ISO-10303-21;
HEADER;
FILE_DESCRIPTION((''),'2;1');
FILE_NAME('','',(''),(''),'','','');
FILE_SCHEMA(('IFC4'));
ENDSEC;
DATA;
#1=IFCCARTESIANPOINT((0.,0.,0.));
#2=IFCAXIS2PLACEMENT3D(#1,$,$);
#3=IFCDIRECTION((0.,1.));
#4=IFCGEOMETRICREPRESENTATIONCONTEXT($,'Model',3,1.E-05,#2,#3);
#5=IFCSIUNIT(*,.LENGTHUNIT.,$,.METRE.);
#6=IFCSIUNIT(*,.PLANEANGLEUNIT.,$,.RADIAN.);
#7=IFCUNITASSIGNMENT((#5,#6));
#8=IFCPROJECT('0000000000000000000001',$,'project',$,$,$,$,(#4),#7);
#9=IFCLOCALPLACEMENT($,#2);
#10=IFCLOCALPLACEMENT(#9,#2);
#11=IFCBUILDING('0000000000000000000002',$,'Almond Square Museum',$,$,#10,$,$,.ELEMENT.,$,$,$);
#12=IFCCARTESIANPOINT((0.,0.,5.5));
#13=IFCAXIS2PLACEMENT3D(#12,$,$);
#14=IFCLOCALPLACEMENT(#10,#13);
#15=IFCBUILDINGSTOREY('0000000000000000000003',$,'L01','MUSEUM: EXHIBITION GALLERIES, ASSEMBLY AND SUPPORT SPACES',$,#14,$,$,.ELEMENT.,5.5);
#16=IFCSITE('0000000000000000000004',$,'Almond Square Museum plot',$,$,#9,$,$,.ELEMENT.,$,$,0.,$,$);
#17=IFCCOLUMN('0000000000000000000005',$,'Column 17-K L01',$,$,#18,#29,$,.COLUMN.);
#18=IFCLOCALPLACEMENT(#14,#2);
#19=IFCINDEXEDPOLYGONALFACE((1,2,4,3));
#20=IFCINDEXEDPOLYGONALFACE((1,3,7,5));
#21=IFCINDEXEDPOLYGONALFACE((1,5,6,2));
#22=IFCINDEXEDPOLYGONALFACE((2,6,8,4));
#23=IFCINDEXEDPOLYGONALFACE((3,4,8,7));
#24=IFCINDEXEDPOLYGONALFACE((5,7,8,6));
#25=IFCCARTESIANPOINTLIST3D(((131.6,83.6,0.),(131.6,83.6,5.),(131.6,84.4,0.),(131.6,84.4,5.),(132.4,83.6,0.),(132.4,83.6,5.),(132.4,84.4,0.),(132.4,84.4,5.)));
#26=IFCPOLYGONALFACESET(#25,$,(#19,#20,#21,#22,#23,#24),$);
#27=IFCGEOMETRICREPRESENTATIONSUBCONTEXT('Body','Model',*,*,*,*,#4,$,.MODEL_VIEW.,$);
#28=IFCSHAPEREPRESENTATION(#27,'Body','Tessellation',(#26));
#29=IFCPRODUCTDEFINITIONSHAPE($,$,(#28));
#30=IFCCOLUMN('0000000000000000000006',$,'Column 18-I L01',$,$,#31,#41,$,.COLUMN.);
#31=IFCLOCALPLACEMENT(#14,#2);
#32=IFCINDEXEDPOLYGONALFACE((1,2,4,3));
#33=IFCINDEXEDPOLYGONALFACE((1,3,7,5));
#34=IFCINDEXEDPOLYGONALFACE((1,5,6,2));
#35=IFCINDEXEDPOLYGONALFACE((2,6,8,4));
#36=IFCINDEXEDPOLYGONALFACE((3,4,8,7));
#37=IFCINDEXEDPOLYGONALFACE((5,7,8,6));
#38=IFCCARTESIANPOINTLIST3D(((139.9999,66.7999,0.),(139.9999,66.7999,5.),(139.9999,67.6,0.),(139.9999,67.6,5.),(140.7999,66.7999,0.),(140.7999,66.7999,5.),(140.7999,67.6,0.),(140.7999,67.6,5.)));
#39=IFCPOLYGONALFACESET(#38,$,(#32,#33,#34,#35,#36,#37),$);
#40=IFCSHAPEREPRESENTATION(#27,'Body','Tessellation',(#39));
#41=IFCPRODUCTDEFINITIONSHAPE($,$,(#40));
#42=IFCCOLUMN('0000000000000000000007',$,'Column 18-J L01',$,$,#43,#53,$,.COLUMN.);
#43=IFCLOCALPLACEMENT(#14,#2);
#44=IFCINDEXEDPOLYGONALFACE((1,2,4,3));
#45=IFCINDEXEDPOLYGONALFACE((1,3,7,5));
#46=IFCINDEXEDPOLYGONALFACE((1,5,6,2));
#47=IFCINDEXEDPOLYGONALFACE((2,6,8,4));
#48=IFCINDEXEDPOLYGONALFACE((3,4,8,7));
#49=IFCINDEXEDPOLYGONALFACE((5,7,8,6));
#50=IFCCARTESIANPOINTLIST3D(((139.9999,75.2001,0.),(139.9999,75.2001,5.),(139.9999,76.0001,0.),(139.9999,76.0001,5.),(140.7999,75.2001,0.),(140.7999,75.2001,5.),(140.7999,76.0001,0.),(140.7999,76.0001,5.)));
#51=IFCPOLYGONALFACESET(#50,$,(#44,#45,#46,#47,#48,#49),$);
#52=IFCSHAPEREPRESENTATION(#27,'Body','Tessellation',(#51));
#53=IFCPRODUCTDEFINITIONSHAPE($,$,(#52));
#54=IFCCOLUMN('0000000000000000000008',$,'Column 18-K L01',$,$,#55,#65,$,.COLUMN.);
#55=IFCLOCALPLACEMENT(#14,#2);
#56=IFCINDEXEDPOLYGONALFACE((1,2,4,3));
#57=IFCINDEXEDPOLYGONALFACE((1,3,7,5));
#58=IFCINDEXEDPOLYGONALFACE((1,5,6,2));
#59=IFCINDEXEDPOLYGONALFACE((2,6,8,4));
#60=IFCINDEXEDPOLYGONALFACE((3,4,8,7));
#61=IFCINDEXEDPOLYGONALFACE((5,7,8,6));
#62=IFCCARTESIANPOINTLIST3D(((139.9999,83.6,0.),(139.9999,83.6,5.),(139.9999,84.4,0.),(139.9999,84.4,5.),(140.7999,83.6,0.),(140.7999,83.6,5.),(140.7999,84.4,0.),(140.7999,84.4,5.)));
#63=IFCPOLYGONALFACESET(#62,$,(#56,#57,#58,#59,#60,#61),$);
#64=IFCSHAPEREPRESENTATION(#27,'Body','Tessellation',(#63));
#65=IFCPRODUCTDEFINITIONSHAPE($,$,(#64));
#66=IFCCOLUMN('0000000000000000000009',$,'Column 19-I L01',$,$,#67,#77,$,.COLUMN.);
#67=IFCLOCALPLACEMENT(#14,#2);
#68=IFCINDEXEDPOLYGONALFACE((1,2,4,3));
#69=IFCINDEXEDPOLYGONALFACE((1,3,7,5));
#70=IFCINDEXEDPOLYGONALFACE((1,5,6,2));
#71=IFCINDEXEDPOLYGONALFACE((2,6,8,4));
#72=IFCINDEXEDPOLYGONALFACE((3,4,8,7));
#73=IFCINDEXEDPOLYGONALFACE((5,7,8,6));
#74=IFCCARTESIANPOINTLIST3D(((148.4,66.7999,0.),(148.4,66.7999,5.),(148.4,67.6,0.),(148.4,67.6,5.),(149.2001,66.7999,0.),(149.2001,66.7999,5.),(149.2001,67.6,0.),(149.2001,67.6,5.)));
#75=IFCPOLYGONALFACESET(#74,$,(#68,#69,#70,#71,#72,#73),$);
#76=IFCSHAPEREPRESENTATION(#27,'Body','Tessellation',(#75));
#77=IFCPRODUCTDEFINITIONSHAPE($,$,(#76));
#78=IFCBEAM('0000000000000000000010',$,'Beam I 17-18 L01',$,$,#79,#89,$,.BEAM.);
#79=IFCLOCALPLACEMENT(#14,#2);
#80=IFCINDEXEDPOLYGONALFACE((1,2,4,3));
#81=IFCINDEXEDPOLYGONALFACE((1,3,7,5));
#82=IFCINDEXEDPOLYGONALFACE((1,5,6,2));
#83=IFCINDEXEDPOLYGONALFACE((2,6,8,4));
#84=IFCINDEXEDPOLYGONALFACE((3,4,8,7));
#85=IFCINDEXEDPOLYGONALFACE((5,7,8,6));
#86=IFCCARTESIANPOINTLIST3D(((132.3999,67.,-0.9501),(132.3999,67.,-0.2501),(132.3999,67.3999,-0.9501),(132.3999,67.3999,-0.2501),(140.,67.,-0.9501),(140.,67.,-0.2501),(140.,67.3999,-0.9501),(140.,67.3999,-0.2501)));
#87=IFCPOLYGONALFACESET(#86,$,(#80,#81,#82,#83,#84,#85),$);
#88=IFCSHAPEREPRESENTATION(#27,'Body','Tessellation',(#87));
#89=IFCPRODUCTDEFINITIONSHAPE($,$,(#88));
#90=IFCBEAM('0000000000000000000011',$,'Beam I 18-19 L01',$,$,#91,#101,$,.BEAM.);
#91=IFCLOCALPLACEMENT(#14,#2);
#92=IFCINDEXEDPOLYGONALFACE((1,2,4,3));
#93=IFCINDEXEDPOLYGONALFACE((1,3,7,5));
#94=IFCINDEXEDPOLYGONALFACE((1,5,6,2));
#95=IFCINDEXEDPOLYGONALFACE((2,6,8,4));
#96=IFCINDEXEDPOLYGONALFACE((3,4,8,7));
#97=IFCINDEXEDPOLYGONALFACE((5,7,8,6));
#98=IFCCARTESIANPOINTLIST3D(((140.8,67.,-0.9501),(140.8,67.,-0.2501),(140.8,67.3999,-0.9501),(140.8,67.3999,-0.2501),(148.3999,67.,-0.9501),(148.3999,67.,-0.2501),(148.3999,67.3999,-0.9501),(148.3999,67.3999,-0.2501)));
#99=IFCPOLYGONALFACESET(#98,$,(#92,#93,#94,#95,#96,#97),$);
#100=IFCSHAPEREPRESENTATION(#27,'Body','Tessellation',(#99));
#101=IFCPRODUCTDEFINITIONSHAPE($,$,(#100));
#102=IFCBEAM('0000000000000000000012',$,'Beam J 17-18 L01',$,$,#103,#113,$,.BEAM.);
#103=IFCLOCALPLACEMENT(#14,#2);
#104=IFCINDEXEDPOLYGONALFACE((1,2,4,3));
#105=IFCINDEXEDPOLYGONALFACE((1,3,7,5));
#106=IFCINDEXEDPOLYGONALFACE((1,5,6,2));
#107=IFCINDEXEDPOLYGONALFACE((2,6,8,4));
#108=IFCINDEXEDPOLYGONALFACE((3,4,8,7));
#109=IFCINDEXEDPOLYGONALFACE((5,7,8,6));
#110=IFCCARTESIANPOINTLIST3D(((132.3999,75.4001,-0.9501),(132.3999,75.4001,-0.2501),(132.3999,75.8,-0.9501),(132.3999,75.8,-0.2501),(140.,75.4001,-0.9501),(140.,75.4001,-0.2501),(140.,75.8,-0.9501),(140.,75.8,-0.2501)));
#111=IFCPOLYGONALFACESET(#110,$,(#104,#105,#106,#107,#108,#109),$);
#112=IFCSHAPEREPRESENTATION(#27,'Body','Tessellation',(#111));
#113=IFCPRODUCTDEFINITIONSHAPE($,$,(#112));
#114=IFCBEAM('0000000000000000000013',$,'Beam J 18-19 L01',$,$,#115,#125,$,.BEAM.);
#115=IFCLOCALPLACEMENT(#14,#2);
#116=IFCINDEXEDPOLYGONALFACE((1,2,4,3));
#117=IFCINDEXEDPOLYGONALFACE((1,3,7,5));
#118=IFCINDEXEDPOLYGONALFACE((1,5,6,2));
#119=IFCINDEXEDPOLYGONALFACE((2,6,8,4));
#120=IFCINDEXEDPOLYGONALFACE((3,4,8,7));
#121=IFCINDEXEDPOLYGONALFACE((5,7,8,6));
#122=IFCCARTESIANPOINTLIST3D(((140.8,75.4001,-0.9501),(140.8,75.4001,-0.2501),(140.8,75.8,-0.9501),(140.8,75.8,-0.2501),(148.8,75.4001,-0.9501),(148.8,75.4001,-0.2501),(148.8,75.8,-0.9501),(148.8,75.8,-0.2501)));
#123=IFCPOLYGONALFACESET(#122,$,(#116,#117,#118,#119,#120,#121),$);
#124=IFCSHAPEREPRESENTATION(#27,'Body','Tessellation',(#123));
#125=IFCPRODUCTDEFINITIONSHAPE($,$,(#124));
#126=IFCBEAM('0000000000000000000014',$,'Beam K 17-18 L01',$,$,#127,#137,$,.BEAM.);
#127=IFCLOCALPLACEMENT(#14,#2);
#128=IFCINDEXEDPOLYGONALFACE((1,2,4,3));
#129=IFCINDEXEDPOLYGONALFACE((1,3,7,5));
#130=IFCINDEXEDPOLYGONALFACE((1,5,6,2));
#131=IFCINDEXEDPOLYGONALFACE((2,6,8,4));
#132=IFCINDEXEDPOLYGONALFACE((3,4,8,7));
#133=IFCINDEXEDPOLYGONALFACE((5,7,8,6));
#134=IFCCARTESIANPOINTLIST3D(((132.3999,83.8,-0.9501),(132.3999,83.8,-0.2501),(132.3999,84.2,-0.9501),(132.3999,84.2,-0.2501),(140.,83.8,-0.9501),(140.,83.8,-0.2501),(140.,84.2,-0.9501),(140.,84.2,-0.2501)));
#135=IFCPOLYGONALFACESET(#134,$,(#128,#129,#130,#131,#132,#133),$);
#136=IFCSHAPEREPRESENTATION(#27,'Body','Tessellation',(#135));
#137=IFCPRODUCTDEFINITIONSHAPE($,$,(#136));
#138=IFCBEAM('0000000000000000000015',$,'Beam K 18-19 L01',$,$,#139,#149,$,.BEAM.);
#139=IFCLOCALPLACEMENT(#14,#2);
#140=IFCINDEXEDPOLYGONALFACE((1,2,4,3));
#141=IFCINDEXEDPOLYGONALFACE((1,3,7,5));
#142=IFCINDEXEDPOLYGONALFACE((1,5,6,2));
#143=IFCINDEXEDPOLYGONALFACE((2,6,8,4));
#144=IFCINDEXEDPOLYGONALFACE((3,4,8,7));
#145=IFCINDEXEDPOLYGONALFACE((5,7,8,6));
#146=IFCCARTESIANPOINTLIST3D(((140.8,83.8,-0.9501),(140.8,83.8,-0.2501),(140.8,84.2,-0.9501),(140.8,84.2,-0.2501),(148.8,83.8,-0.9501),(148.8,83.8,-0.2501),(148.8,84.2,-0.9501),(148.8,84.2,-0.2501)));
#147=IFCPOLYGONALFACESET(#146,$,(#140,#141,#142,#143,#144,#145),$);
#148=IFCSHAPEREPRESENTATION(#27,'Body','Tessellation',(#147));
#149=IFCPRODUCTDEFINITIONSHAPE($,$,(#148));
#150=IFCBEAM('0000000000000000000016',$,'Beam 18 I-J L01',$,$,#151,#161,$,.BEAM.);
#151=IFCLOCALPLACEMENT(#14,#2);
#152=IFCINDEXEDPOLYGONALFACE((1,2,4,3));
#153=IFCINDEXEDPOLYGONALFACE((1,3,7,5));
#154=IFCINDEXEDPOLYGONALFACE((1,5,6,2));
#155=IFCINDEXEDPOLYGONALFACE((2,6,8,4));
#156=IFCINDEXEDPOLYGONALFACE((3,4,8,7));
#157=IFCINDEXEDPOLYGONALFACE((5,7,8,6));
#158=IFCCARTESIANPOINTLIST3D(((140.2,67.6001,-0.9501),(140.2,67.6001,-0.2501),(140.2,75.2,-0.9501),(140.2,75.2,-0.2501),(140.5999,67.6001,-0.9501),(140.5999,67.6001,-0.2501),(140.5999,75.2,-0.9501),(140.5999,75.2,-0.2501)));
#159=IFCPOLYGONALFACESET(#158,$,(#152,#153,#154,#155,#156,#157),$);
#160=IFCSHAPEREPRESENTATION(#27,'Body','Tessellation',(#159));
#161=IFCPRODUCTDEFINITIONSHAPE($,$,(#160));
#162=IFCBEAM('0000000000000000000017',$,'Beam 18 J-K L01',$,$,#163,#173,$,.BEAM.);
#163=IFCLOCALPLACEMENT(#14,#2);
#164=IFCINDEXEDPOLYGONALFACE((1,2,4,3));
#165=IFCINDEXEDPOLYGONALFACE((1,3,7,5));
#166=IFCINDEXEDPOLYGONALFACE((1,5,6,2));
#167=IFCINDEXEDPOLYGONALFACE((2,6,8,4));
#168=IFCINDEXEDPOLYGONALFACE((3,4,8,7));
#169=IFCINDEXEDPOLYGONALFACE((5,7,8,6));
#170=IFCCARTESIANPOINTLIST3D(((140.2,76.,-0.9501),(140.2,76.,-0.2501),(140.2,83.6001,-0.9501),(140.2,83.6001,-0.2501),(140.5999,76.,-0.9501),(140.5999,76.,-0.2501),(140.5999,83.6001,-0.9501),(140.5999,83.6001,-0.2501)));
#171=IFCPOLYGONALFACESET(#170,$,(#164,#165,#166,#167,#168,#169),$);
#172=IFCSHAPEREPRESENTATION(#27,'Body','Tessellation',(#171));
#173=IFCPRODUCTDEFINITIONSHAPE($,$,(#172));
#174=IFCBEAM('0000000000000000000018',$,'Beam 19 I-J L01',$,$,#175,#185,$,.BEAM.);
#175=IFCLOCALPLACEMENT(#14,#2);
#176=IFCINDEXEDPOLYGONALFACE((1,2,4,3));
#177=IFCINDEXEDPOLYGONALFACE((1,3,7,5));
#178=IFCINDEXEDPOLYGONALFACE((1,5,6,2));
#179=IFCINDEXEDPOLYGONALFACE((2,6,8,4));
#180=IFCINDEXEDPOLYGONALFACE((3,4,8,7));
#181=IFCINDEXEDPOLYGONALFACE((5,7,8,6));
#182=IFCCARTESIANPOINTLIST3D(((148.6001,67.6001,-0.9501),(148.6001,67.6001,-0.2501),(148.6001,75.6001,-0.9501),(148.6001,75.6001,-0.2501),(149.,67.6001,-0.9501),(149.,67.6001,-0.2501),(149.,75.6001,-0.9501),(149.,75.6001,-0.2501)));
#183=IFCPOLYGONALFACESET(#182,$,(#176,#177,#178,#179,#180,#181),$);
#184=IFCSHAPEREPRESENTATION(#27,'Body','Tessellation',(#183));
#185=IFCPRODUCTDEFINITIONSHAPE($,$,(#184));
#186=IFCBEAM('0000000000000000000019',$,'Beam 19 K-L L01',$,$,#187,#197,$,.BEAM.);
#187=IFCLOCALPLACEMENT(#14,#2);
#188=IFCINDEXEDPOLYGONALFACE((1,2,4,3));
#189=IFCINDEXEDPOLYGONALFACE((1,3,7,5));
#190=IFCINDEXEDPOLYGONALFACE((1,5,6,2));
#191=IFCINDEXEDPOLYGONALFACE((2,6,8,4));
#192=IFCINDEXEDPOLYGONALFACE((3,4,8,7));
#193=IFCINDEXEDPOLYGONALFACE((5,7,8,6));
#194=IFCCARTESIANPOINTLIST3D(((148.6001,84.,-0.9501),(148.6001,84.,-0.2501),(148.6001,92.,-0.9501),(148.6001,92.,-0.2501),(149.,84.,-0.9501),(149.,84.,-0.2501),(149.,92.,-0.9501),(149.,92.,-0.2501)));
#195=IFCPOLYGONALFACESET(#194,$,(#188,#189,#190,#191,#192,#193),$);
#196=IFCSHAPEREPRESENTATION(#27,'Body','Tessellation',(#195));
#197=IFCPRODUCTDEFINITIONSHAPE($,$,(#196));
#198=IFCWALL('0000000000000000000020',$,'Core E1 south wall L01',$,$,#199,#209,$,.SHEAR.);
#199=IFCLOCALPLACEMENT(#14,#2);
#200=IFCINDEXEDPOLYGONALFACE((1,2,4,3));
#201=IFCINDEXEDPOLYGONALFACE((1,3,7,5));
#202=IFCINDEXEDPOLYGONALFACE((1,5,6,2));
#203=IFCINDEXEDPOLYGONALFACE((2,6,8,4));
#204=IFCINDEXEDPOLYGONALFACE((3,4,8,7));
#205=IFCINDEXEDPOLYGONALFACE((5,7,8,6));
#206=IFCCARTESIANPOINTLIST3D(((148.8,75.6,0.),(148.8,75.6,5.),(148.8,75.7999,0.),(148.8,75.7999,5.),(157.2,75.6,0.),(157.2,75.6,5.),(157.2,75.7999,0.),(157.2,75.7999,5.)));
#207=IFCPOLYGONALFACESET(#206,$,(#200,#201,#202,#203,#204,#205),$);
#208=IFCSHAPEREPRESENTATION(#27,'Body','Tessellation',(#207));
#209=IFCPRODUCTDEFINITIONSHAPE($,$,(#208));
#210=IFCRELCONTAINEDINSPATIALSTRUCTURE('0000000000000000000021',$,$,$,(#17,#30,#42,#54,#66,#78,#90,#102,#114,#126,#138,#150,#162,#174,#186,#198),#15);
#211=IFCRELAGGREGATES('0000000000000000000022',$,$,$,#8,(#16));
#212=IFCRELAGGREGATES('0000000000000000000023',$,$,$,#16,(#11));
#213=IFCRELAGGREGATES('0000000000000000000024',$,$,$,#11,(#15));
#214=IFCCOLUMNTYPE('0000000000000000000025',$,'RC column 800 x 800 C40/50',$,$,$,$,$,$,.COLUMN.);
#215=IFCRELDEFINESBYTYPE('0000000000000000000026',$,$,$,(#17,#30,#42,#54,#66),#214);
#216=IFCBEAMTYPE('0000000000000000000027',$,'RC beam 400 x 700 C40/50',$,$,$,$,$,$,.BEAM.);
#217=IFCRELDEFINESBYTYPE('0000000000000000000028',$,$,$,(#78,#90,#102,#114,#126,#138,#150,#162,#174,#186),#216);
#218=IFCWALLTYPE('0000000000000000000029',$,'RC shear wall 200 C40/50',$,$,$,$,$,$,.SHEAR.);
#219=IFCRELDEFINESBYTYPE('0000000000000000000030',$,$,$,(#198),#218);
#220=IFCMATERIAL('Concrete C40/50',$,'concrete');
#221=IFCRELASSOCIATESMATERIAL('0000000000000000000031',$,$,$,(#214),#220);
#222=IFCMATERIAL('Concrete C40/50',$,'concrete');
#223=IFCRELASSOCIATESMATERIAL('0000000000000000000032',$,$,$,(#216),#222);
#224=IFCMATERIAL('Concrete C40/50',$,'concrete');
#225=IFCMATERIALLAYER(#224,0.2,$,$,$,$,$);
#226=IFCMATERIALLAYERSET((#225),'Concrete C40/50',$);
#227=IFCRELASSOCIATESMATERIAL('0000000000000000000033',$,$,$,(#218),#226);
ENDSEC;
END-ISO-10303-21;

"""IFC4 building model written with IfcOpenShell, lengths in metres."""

from ifc_helpers import new_model, si_unit, direction, frame, frame_2d, origin, origin_2d, place, context, subcontext, project, spatial, rectangle, extrude, material, layer, layer_set, material_profile, profile_set, type_object, element, save


model = new_model("IFC4")

# Units and contexts
model_context = context("Model", 3, precision=1e-05, world=origin(), true_north=direction((0.0, 1.0)))
body_context = subcontext(model_context, "Body", "Model", "MODEL_VIEW")
ifc_project = project(units=[si_unit("LENGTHUNIT", "METRE"), si_unit("PLANEANGLEUNIT", "RADIAN")], contexts=[model_context])

# Site, building, storey
site_placement = place(None, origin())
site = spatial("IfcSite", under=ifc_project, at=site_placement, Name="Almond Square Museum plot", CompositionType="ELEMENT", RefElevation=0.0)
building_placement = place(site_placement, origin())
building = spatial("IfcBuilding", under=site, at=building_placement, Name="Almond Square Museum", CompositionType="ELEMENT")
storey_placement = place(building_placement, frame((0.0, 0.0, 5.5)))
storey = spatial("IfcBuildingStorey", under=building, at=storey_placement, Name="L01", Description="MUSEUM: EXHIBITION GALLERIES, ASSEMBLY AND SUPPORT SPACES", CompositionType="ELEMENT", Elevation=5.5)

# Columns
ifc_material_1 = material(Name="Concrete C40/50", Category="concrete")
ifc_material_profile_1 = material_profile(ifc_material_1, rectangle(XDim=0.8, YDim=0.8, at=origin_2d()))
ifc_profile_set_1 = profile_set([ifc_material_profile_1], Name="Concrete C40/50")
column_type = type_object("IfcColumnType", Name="RC column 800 x 800 C40/50", PredefinedType="COLUMN", material=ifc_profile_set_1)
for number, where, z_axis, x_axis, name in (
    (1, (132.0, 84.0, 0.0), (0.0, 0.0, 1.0), (1.0, 0.0, 0.0), "Column 17-K L01"),
    (2, (140.3999, 67.2, 0.0), (0.0, 0.0, 1.0), (1.0, 0.0, 0.0), "Column 18-I L01"),
    (3, (140.3999, 75.6001, 0.0), (0.0, 0.0, 1.0), (1.0, 0.0, 0.0), "Column 18-J L01"),
    (4, (140.3999, 84.0, 0.0), (0.0, 0.0, 1.0), (1.0, 0.0, 0.0), "Column 18-K L01"),
    (5, (148.8, 67.2, 0.0), (0.0, 0.0, 1.0), (1.0, 0.0, 0.0), "Column 19-I L01"),
):
    element("IfcColumn", number, at=place(storey_placement, frame(where, z_axis=z_axis, x_axis=x_axis)), inside=storey, type_object=column_type, Name=name, PredefinedType="COLUMN", context=body_context, shape_type="SweptSolid", body=[
        extrude(rectangle(XDim=0.8, YDim=0.8, at=origin_2d()), origin(), (0.0, 0.0, 1.0), 5.0),
    ])

# Beams
ifc_material_2 = material(Name="Concrete C40/50", Category="concrete")
ifc_material_profile_2 = material_profile(ifc_material_2, rectangle(XDim=0.3999, YDim=0.7, at=origin_2d()))
ifc_profile_set_2 = profile_set([ifc_material_profile_2], Name="Concrete C40/50")
beam_type = type_object("IfcBeamType", Name="RC beam 400 x 700 C40/50", PredefinedType="BEAM", material=ifc_profile_set_2)
beam_1_placement = place(storey_placement, frame((132.3999, 67.2, -0.6001), z_axis=(1.0, 0.0, 0.0), x_axis=(0.0, 1.0, 0.0)))
element("IfcBeam", 6, at=beam_1_placement, inside=storey, type_object=beam_type, Name="Beam I 17-18 L01", PredefinedType="BEAM", context=body_context, shape_type="SweptSolid", body=[
    extrude(rectangle(XDim=0.3999, YDim=0.7, at=origin_2d()), origin(), (0.0, 0.0, 1.0), 7.6001),
])
beam_2_placement = place(storey_placement, frame((140.8, 67.2, -0.6001), z_axis=(1.0, 0.0, 0.0), x_axis=(0.0, 1.0, 0.0)))
element("IfcBeam", 7, at=beam_2_placement, inside=storey, type_object=beam_type, Name="Beam I 18-19 L01", PredefinedType="BEAM", context=body_context, shape_type="SweptSolid", body=[
    extrude(rectangle(XDim=0.3999, YDim=0.7, at=origin_2d()), origin(), (0.0, 0.0, 1.0), 7.5999),
])
beam_3_placement = place(storey_placement, frame((132.3999, 75.6001, -0.6001), z_axis=(1.0, 0.0, 0.0), x_axis=(0.0, 1.0, 0.0)))
element("IfcBeam", 8, at=beam_3_placement, inside=storey, type_object=beam_type, Name="Beam J 17-18 L01", PredefinedType="BEAM", context=body_context, shape_type="SweptSolid", body=[
    extrude(rectangle(XDim=0.3999, YDim=0.7, at=origin_2d()), origin(), (0.0, 0.0, 1.0), 7.6001),
])
beam_4_placement = place(storey_placement, frame((140.8, 75.6001, -0.6001), z_axis=(1.0, 0.0, 0.0), x_axis=(0.0, 1.0, 0.0)))
element("IfcBeam", 9, at=beam_4_placement, inside=storey, type_object=beam_type, Name="Beam J 18-19 L01", PredefinedType="BEAM", context=body_context, shape_type="SweptSolid", body=[
    extrude(rectangle(XDim=0.3999, YDim=0.7, at=origin_2d()), origin(), (0.0, 0.0, 1.0), 8.0),
])
beam_5_placement = place(storey_placement, frame((132.3999, 84.0, -0.6001), z_axis=(1.0, 0.0, 0.0), x_axis=(0.0, 1.0, 0.0)))
element("IfcBeam", 10, at=beam_5_placement, inside=storey, type_object=beam_type, Name="Beam K 17-18 L01", PredefinedType="BEAM", context=body_context, shape_type="SweptSolid", body=[
    extrude(rectangle(XDim=0.3999, YDim=0.7, at=origin_2d()), origin(), (0.0, 0.0, 1.0), 7.6001),
])
beam_6_placement = place(storey_placement, frame((140.8, 84.0, -0.6001), z_axis=(1.0, 0.0, 0.0), x_axis=(0.0, 1.0, 0.0)))
element("IfcBeam", 11, at=beam_6_placement, inside=storey, type_object=beam_type, Name="Beam K 18-19 L01", PredefinedType="BEAM", context=body_context, shape_type="SweptSolid", body=[
    extrude(rectangle(XDim=0.3999, YDim=0.7, at=origin_2d()), origin(), (0.0, 0.0, 1.0), 8.0),
])
beam_7_placement = place(storey_placement, frame((140.3999, 67.6001, -0.6001), z_axis=(0.0, 1.0, 0.0), x_axis=(-1.0, 0.0, 0.0)))
element("IfcBeam", 12, at=beam_7_placement, inside=storey, type_object=beam_type, Name="Beam 18 I-J L01", PredefinedType="BEAM", context=body_context, shape_type="SweptSolid", body=[
    extrude(rectangle(XDim=0.3999, YDim=0.7, at=origin_2d()), origin(), (0.0, 0.0, 1.0), 7.5999),
])
beam_8_placement = place(storey_placement, frame((140.3999, 76.0, -0.6001), z_axis=(0.0, 1.0, 0.0), x_axis=(-1.0, 0.0, 0.0)))
element("IfcBeam", 13, at=beam_8_placement, inside=storey, type_object=beam_type, Name="Beam 18 J-K L01", PredefinedType="BEAM", context=body_context, shape_type="SweptSolid", body=[
    extrude(rectangle(XDim=0.3999, YDim=0.7, at=origin_2d()), origin(), (0.0, 0.0, 1.0), 7.6001),
])
for number, where, z_axis, x_axis, name in (
    (14, (148.8, 67.6001, -0.6001), (0.0, 1.0, 0.0), (-1.0, 0.0, 0.0), "Beam 19 I-J L01"),
    (15, (148.8, 84.0, -0.6001), (0.0, 1.0, 0.0), (-1.0, 0.0, 0.0), "Beam 19 K-L L01"),
):
    element("IfcBeam", number, at=place(storey_placement, frame(where, z_axis=z_axis, x_axis=x_axis)), inside=storey, type_object=beam_type, Name=name, PredefinedType="BEAM", context=body_context, shape_type="SweptSolid", body=[
        extrude(rectangle(XDim=0.3999, YDim=0.7, at=origin_2d()), origin(), (0.0, 0.0, 1.0), 8.0),
    ])

# Wall
ifc_material_3 = material(Name="Concrete C40/50", Category="concrete")
ifc_layer_1 = layer(ifc_material_3, 0.2)
ifc_layer_set_1 = layer_set([ifc_layer_1], Name="Concrete C40/50")
wall_type_1 = type_object("IfcWallType", Name="RC shear wall 200 C40/50", PredefinedType="SHEAR", material=ifc_layer_set_1)
wall_1_placement = place(storey_placement, frame((148.8, 75.7, 0.0), z_axis=(0.0, 0.0, 1.0), x_axis=(1.0, 0.0, 0.0)))
element("IfcWall", 16, at=wall_1_placement, inside=storey, type_object=wall_type_1, Name="Core E1 south wall L01", PredefinedType="SHEAR", context=body_context, shape_type="SweptSolid", body=[
    extrude(rectangle(XDim=8.3999, YDim=0.2, at=frame_2d((4.2, 0.0))), origin(), (0.0, 0.0, 1.0), 5.0),
])

save(model, "model.ifc")
